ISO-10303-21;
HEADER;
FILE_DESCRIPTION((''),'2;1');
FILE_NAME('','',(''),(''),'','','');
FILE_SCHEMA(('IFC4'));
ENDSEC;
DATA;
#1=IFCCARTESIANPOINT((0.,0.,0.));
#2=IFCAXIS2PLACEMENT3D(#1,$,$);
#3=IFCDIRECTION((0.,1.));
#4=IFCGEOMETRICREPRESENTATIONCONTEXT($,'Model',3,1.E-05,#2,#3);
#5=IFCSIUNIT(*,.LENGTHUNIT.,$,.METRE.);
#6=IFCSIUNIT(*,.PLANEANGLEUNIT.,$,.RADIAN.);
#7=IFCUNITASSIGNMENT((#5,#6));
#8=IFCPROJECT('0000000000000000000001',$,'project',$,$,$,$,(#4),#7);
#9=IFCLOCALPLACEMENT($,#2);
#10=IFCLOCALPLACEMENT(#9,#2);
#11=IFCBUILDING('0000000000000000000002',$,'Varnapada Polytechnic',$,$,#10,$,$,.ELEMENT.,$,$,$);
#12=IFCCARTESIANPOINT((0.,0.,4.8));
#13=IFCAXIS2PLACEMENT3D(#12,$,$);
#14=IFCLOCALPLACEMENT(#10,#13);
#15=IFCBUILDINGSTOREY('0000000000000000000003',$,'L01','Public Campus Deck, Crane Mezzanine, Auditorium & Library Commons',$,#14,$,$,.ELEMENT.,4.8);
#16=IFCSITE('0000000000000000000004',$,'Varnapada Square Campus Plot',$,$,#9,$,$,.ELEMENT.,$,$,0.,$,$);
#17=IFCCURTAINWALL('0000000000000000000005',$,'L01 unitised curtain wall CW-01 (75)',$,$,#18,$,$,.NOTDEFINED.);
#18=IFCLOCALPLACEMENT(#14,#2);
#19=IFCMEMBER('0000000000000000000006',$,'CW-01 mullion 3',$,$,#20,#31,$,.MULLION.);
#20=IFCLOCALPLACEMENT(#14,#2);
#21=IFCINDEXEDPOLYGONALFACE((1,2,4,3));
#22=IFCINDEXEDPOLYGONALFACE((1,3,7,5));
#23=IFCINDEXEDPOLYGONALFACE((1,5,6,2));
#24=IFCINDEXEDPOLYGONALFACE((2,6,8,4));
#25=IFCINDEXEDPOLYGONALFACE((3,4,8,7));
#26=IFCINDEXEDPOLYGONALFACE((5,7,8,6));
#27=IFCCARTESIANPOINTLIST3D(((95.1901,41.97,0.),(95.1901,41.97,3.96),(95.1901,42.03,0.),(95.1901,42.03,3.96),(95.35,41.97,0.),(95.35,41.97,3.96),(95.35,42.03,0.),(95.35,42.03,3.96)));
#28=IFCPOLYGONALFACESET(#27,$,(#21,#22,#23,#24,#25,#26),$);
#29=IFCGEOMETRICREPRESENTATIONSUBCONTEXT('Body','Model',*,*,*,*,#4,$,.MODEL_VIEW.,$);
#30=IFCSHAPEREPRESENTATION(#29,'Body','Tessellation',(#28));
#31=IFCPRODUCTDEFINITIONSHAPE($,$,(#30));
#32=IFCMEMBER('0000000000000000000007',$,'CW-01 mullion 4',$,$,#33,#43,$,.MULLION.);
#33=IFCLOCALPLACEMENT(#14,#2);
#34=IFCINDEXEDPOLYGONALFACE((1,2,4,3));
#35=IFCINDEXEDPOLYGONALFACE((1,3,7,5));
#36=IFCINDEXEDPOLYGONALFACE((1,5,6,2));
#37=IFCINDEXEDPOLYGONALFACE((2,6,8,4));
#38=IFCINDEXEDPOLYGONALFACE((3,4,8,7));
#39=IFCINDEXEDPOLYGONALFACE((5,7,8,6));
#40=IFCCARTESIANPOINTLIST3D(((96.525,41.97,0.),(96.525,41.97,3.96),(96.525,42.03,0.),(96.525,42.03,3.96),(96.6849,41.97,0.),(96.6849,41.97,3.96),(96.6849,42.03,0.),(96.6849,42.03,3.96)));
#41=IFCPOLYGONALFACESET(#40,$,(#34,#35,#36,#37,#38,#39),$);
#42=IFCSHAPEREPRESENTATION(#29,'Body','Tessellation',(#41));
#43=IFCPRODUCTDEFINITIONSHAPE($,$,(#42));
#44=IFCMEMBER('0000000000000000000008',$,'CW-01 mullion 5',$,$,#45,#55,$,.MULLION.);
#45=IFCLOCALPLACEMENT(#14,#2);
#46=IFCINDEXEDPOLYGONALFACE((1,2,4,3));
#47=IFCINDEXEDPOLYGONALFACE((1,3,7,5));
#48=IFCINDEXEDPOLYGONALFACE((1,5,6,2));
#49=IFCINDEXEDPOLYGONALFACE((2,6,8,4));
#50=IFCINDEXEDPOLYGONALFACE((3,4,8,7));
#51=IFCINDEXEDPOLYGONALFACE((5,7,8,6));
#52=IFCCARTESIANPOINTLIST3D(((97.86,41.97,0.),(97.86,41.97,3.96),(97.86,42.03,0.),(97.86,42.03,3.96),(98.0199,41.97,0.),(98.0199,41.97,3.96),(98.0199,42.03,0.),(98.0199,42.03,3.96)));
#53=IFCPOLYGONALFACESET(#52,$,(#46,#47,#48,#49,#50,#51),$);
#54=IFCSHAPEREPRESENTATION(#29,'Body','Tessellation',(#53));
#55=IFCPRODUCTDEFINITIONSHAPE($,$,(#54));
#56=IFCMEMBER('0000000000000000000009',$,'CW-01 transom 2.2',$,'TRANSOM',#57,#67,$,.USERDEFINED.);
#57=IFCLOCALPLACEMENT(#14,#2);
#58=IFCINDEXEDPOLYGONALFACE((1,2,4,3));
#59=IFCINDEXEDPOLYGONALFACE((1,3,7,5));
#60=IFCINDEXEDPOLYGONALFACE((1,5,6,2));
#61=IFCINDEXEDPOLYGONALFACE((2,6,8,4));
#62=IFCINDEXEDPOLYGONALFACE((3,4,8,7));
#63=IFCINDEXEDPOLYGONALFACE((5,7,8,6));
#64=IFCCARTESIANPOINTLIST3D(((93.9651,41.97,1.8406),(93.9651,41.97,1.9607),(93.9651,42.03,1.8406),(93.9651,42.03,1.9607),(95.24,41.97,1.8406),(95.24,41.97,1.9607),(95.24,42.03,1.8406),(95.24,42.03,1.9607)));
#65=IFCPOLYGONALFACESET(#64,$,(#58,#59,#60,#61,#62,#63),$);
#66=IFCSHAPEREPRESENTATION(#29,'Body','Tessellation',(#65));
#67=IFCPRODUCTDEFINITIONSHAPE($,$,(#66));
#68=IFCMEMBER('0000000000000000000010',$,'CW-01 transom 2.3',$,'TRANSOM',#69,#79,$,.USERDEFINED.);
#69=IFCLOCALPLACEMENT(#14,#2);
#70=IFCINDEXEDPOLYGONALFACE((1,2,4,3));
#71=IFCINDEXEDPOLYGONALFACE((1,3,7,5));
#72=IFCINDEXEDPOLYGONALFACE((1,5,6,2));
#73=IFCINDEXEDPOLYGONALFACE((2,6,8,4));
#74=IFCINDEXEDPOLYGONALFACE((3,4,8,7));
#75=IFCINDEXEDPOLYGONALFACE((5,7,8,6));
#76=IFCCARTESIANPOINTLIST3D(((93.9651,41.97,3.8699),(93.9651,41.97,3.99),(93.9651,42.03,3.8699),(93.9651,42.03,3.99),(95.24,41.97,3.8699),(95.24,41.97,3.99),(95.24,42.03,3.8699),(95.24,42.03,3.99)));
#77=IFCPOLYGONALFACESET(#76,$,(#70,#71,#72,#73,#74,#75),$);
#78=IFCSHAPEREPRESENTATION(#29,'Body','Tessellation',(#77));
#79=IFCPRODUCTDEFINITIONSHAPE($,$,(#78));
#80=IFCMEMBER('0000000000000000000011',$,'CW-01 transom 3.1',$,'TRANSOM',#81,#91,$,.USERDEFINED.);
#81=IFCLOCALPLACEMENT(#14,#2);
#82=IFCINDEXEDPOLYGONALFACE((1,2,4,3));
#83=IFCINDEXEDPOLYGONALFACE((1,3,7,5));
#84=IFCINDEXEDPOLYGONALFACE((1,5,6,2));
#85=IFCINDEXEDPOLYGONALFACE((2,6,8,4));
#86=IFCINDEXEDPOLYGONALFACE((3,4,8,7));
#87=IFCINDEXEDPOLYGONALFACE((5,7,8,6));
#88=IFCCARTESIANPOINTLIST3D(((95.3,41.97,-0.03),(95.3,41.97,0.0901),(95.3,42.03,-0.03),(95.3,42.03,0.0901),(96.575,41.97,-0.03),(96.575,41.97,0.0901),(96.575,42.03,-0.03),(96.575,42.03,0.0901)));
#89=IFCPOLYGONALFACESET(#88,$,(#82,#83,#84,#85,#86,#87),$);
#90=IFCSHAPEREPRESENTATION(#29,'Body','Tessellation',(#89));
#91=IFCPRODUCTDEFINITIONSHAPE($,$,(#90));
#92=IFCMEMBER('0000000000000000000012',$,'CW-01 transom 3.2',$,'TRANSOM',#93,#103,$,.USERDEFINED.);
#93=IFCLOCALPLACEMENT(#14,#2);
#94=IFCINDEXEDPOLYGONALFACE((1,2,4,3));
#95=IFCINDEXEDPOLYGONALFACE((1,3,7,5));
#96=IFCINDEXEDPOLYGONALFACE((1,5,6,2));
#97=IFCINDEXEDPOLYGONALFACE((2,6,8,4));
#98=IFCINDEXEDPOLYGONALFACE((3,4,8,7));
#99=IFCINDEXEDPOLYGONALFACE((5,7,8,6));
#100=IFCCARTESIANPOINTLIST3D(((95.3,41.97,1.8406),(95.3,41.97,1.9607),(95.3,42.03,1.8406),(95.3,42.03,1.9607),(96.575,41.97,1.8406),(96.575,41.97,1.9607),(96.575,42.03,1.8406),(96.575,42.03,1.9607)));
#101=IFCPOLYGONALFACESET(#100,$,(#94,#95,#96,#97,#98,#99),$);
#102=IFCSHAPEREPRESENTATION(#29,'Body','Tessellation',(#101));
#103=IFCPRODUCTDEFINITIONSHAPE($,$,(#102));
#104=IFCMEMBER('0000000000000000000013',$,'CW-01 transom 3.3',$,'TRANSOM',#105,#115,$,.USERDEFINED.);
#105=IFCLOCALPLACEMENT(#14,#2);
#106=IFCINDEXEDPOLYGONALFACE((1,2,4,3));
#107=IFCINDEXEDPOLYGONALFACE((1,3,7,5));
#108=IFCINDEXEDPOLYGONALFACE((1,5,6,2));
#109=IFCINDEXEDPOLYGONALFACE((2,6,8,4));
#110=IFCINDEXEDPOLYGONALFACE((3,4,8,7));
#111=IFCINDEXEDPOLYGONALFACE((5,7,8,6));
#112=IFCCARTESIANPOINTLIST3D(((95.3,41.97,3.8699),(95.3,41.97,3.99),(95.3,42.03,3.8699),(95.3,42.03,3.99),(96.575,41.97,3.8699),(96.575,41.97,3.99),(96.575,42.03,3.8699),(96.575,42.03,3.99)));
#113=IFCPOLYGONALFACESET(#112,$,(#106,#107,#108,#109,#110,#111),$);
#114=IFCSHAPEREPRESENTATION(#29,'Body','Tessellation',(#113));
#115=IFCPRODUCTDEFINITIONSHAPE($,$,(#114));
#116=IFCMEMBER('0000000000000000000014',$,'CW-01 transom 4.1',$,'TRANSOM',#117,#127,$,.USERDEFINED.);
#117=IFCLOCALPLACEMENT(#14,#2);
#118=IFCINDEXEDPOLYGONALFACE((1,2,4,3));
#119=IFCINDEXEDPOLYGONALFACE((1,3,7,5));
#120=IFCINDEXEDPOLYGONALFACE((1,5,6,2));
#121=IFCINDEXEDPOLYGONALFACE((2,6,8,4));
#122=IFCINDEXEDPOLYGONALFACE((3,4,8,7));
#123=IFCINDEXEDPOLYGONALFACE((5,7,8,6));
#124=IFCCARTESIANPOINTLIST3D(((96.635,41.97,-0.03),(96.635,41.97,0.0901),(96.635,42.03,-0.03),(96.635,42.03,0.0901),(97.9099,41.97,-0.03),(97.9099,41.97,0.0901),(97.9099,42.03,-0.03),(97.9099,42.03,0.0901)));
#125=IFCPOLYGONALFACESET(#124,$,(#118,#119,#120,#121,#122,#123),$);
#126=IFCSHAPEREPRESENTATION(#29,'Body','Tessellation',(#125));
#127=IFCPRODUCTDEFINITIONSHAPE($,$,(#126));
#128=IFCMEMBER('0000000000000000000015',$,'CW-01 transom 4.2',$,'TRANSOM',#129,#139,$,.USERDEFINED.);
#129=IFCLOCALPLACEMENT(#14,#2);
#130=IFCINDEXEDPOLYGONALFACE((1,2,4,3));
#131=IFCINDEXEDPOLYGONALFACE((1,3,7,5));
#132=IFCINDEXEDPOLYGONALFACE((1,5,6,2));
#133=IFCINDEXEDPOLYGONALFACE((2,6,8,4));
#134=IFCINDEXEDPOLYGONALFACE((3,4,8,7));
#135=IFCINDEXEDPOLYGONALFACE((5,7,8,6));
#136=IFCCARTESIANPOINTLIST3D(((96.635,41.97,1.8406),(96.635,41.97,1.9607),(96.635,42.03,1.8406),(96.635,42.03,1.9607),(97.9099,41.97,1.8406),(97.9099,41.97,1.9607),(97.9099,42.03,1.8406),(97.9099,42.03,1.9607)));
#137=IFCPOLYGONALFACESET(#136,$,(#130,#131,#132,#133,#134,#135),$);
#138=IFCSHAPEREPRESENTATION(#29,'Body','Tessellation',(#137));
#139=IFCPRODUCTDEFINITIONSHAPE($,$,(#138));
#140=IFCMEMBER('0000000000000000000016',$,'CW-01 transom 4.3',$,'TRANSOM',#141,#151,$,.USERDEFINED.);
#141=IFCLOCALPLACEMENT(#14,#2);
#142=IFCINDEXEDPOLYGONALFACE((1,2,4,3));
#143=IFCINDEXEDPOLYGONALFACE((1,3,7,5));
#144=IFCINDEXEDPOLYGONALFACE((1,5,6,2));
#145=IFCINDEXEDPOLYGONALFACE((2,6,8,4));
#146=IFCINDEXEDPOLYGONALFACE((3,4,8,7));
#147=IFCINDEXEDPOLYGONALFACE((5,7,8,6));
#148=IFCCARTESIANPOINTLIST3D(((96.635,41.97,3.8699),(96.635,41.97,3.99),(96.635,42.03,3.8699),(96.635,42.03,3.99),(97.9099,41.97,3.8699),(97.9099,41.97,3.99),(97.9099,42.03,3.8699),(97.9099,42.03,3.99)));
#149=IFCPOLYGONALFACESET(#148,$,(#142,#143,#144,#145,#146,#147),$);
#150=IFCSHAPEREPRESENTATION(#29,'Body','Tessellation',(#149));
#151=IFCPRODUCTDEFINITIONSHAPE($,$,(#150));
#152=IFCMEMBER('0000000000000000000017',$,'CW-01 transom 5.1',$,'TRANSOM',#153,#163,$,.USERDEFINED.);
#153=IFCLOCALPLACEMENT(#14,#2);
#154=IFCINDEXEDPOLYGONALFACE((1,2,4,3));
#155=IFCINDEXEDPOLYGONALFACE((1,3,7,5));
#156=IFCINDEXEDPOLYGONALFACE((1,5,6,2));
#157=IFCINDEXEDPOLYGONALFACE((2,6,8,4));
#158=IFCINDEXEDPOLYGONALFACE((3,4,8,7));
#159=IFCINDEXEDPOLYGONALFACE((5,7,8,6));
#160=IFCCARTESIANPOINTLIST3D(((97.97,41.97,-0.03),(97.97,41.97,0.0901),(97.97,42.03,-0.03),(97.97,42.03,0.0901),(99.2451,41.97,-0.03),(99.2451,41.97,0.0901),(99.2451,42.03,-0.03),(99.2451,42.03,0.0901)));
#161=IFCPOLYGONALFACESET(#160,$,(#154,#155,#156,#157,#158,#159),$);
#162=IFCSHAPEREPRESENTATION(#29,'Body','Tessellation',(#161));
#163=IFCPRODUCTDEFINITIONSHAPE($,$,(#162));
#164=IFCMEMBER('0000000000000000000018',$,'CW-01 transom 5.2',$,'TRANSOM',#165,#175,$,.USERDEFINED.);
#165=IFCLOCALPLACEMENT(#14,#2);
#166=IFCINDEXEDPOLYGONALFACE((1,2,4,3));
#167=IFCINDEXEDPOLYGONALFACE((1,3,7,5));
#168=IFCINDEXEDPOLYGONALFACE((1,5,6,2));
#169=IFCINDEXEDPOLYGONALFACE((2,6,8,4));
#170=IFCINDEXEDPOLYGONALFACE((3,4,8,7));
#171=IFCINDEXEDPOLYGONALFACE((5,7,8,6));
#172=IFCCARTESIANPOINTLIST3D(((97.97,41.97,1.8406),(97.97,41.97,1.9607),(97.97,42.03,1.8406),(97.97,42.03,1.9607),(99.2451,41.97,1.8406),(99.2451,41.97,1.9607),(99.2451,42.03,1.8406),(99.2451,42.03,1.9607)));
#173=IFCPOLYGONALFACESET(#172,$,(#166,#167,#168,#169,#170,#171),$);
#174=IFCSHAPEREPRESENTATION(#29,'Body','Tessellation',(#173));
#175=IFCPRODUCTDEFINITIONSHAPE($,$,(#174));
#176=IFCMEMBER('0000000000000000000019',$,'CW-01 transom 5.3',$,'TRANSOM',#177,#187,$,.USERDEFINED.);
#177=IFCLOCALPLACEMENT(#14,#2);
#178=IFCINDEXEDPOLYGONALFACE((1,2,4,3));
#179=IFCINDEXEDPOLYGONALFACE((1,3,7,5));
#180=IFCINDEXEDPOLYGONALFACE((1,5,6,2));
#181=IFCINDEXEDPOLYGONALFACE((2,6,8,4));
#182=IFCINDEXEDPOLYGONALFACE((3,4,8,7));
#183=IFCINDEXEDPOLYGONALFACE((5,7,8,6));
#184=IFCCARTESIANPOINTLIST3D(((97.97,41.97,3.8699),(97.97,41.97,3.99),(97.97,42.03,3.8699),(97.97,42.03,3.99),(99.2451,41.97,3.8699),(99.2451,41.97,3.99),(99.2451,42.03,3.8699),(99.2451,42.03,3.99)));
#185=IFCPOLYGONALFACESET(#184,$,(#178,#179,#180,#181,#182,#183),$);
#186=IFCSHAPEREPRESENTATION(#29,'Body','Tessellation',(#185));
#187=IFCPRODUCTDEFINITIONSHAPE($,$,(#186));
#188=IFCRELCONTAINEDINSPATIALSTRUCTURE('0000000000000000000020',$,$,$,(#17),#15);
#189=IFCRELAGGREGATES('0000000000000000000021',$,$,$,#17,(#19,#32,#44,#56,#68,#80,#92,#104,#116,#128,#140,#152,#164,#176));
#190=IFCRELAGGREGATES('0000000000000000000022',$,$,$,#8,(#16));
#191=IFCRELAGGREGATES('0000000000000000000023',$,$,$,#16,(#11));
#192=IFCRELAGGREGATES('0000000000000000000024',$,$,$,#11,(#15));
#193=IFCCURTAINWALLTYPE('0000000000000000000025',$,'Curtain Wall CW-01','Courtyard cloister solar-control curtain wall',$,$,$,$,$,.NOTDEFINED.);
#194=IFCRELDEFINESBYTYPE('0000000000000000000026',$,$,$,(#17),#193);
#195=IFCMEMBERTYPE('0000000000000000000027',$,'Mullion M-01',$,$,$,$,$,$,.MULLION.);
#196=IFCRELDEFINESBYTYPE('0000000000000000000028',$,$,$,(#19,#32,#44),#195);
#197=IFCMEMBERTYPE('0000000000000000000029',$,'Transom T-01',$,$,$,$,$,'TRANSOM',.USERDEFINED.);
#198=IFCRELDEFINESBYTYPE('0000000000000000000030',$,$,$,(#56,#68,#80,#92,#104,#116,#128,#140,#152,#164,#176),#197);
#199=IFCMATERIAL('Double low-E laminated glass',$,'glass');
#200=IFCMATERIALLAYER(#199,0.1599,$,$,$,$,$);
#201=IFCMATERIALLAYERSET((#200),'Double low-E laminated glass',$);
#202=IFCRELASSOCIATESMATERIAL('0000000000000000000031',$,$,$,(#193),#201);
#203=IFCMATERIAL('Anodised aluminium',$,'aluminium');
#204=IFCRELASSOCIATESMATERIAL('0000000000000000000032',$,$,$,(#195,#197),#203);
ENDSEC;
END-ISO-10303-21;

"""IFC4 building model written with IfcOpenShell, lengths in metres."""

from ifc_helpers import new_model, si_unit, direction, frame, origin, origin_2d, place, context, subcontext, project, spatial, rectangle, extrude, material, layer, layer_set, material_profile, profile_set, type_object, element, aggregate, save


model = new_model("IFC4")

# Units and contexts
model_context = context("Model", 3, precision=1e-05, world=origin(), true_north=direction((0.0, 1.0)))
body_context = subcontext(model_context, "Body", "Model", "MODEL_VIEW")
ifc_project = project(units=[si_unit("LENGTHUNIT", "METRE"), si_unit("PLANEANGLEUNIT", "RADIAN")], contexts=[model_context])

# Site, building, storey
site_placement = place(None, origin())
site = spatial("IfcSite", under=ifc_project, at=site_placement, Name="Varnapada Square Campus Plot", CompositionType="ELEMENT", RefElevation=0.0)
building_placement = place(site_placement, origin())
building = spatial("IfcBuilding", under=site, at=building_placement, Name="Varnapada Polytechnic", CompositionType="ELEMENT")
storey_placement = place(building_placement, frame((0.0, 0.0, 4.8)))
storey = spatial("IfcBuildingStorey", under=building, at=storey_placement, Name="L01", Description="Public Campus Deck, Crane Mezzanine, Auditorium & Library Commons", CompositionType="ELEMENT", Elevation=4.8)

# Curtain wall, members
ifc_material_1 = material(Name="Double low-E laminated glass", Category="glass")
ifc_layer_1 = layer(ifc_material_1, 0.1599)
ifc_layer_set_1 = layer_set([ifc_layer_1], Name="Double low-E laminated glass")
curtain_wall_type = type_object("IfcCurtainWallType", Name="Curtain Wall CW-01", Description="Courtyard cloister solar-control curtain wall", PredefinedType="NOTDEFINED", material=ifc_layer_set_1)
curtain_wall_placement = place(storey_placement, origin())
curtain_wall = element("IfcCurtainWall", 1, at=curtain_wall_placement, inside=storey, type_object=curtain_wall_type, Name="L01 unitised curtain wall CW-01 (75)", PredefinedType="NOTDEFINED")
ifc_material_2 = material(Name="Anodised aluminium", Category="aluminium")
ifc_material_profile_1 = material_profile(ifc_material_2, rectangle(XDim=0.0601, YDim=0.1599, at=origin_2d()), Name="ALU M60x160")
ifc_profile_set_1 = profile_set([ifc_material_profile_1], Name="Anodised aluminium")
member_type_1 = type_object("IfcMemberType", Name="Mullion M-01", PredefinedType="MULLION", material=ifc_profile_set_1)
member_1_placement = place(storey_placement, frame((95.27, 42.0, 0.0), z_axis=(0.0, 0.0, 1.0), x_axis=(0.0, 1.0, 0.0)))
member_1 = element("IfcMember", 2, at=member_1_placement, type_object=member_type_1, Name="CW-01 mullion 3", PredefinedType="MULLION", context=body_context, shape_type="SweptSolid", body=[
    extrude(rectangle(XDim=0.0601, YDim=0.1599, at=origin_2d()), origin(), (0.0, 0.0, 1.0), 3.96),
])
member_2_placement = place(storey_placement, frame((96.605, 42.0, 0.0), z_axis=(0.0, 0.0, 1.0), x_axis=(0.0, 1.0, 0.0)))
member_2 = element("IfcMember", 3, at=member_2_placement, type_object=member_type_1, Name="CW-01 mullion 4", PredefinedType="MULLION", context=body_context, shape_type="SweptSolid", body=[
    extrude(rectangle(XDim=0.0601, YDim=0.1599, at=origin_2d()), origin(), (0.0, 0.0, 1.0), 3.96),
])
member_3_placement = place(storey_placement, frame((97.9399, 42.0, 0.0), z_axis=(0.0, 0.0, 1.0), x_axis=(0.0, 1.0, 0.0)))
member_3 = element("IfcMember", 4, at=member_3_placement, type_object=member_type_1, Name="CW-01 mullion 5", PredefinedType="MULLION", context=body_context, shape_type="SweptSolid", body=[
    extrude(rectangle(XDim=0.0601, YDim=0.1599, at=origin_2d()), origin(), (0.0, 0.0, 1.0), 3.96),
])
ifc_material_profile_2 = material_profile(ifc_material_2, rectangle(XDim=0.0601, YDim=0.1201, at=origin_2d()), Name="ALU T60x120")
ifc_profile_set_2 = profile_set([ifc_material_profile_2], Name="Anodised aluminium")
member_type_2 = type_object("IfcMemberType", Name="Transom T-01", ElementType="TRANSOM", PredefinedType="USERDEFINED", material=ifc_profile_set_2)
member_4_placement = place(storey_placement, frame((93.9651, 42.0, 1.9006), z_axis=(1.0, 0.0, 0.0), x_axis=(0.0, 1.0, 0.0)))
member_4 = element("IfcMember", 5, at=member_4_placement, type_object=member_type_2, Name="CW-01 transom 2.2", ObjectType="TRANSOM", PredefinedType="USERDEFINED", context=body_context, shape_type="SweptSolid", body=[
    extrude(rectangle(XDim=0.0601, YDim=0.1201, at=origin_2d()), origin(), (0.0, 0.0, 1.0), 1.2749),
])
member_5_placement = place(storey_placement, frame((93.9651, 42.0, 3.9299), z_axis=(1.0, 0.0, 0.0), x_axis=(0.0, 1.0, 0.0)))
member_5 = element("IfcMember", 6, at=member_5_placement, type_object=member_type_2, Name="CW-01 transom 2.3", ObjectType="TRANSOM", PredefinedType="USERDEFINED", context=body_context, shape_type="SweptSolid", body=[
    extrude(rectangle(XDim=0.0601, YDim=0.1201, at=origin_2d()), origin(), (0.0, 0.0, 1.0), 1.2749),
])
member_6_placement = place(storey_placement, frame((95.3, 42.0, 0.03), z_axis=(1.0, 0.0, 0.0), x_axis=(0.0, 1.0, 0.0)))
member_6 = element("IfcMember", 7, at=member_6_placement, type_object=member_type_2, Name="CW-01 transom 3.1", ObjectType="TRANSOM", PredefinedType="USERDEFINED", context=body_context, shape_type="SweptSolid", body=[
    extrude(rectangle(XDim=0.0601, YDim=0.1201, at=origin_2d()), origin(), (0.0, 0.0, 1.0), 1.2749),
])
member_7_placement = place(storey_placement, frame((95.3, 42.0, 1.9006), z_axis=(1.0, 0.0, 0.0), x_axis=(0.0, 1.0, 0.0)))
member_7 = element("IfcMember", 8, at=member_7_placement, type_object=member_type_2, Name="CW-01 transom 3.2", ObjectType="TRANSOM", PredefinedType="USERDEFINED", context=body_context, shape_type="SweptSolid", body=[
    extrude(rectangle(XDim=0.0601, YDim=0.1201, at=origin_2d()), origin(), (0.0, 0.0, 1.0), 1.2749),
])
member_8_placement = place(storey_placement, frame((95.3, 42.0, 3.9299), z_axis=(1.0, 0.0, 0.0), x_axis=(0.0, 1.0, 0.0)))
member_8 = element("IfcMember", 9, at=member_8_placement, type_object=member_type_2, Name="CW-01 transom 3.3", ObjectType="TRANSOM", PredefinedType="USERDEFINED", context=body_context, shape_type="SweptSolid", body=[
    extrude(rectangle(XDim=0.0601, YDim=0.1201, at=origin_2d()), origin(), (0.0, 0.0, 1.0), 1.2749),
])
member_9_placement = place(storey_placement, frame((96.635, 42.0, 0.03), z_axis=(1.0, 0.0, 0.0), x_axis=(0.0, 1.0, 0.0)))
member_9 = element("IfcMember", 10, at=member_9_placement, type_object=member_type_2, Name="CW-01 transom 4.1", ObjectType="TRANSOM", PredefinedType="USERDEFINED", context=body_context, shape_type="SweptSolid", body=[
    extrude(rectangle(XDim=0.0601, YDim=0.1201, at=origin_2d()), origin(), (0.0, 0.0, 1.0), 1.2749),
])
member_10_placement = place(storey_placement, frame((96.635, 42.0, 1.9006), z_axis=(1.0, 0.0, 0.0), x_axis=(0.0, 1.0, 0.0)))
member_10 = element("IfcMember", 11, at=member_10_placement, type_object=member_type_2, Name="CW-01 transom 4.2", ObjectType="TRANSOM", PredefinedType="USERDEFINED", context=body_context, shape_type="SweptSolid", body=[
    extrude(rectangle(XDim=0.0601, YDim=0.1201, at=origin_2d()), origin(), (0.0, 0.0, 1.0), 1.2749),
])
member_11_placement = place(storey_placement, frame((96.635, 42.0, 3.9299), z_axis=(1.0, 0.0, 0.0), x_axis=(0.0, 1.0, 0.0)))
member_11 = element("IfcMember", 12, at=member_11_placement, type_object=member_type_2, Name="CW-01 transom 4.3", ObjectType="TRANSOM", PredefinedType="USERDEFINED", context=body_context, shape_type="SweptSolid", body=[
    extrude(rectangle(XDim=0.0601, YDim=0.1201, at=origin_2d()), origin(), (0.0, 0.0, 1.0), 1.2749),
])
member_12_placement = place(storey_placement, frame((97.97, 42.0, 0.03), z_axis=(1.0, 0.0, 0.0), x_axis=(0.0, 1.0, 0.0)))
member_12 = element("IfcMember", 13, at=member_12_placement, type_object=member_type_2, Name="CW-01 transom 5.1", ObjectType="TRANSOM", PredefinedType="USERDEFINED", context=body_context, shape_type="SweptSolid", body=[
    extrude(rectangle(XDim=0.0601, YDim=0.1201, at=origin_2d()), origin(), (0.0, 0.0, 1.0), 1.2751),
])
member_13_placement = place(storey_placement, frame((97.97, 42.0, 1.9006), z_axis=(1.0, 0.0, 0.0), x_axis=(0.0, 1.0, 0.0)))
member_13 = element("IfcMember", 14, at=member_13_placement, type_object=member_type_2, Name="CW-01 transom 5.2", ObjectType="TRANSOM", PredefinedType="USERDEFINED", context=body_context, shape_type="SweptSolid", body=[
    extrude(rectangle(XDim=0.0601, YDim=0.1201, at=origin_2d()), origin(), (0.0, 0.0, 1.0), 1.2751),
])
member_14_placement = place(storey_placement, frame((97.97, 42.0, 3.9299), z_axis=(1.0, 0.0, 0.0), x_axis=(0.0, 1.0, 0.0)))
member_14 = element("IfcMember", 15, at=member_14_placement, type_object=member_type_2, Name="CW-01 transom 5.3", ObjectType="TRANSOM", PredefinedType="USERDEFINED", context=body_context, shape_type="SweptSolid", body=[
    extrude(rectangle(XDim=0.0601, YDim=0.1201, at=origin_2d()), origin(), (0.0, 0.0, 1.0), 1.2751),
])
aggregate(curtain_wall, [member_1, member_2, member_3, member_4, member_5, member_6, member_7, member_8, member_9, member_10, member_11, member_12, member_13, member_14])

save(model, "model.ifc")
